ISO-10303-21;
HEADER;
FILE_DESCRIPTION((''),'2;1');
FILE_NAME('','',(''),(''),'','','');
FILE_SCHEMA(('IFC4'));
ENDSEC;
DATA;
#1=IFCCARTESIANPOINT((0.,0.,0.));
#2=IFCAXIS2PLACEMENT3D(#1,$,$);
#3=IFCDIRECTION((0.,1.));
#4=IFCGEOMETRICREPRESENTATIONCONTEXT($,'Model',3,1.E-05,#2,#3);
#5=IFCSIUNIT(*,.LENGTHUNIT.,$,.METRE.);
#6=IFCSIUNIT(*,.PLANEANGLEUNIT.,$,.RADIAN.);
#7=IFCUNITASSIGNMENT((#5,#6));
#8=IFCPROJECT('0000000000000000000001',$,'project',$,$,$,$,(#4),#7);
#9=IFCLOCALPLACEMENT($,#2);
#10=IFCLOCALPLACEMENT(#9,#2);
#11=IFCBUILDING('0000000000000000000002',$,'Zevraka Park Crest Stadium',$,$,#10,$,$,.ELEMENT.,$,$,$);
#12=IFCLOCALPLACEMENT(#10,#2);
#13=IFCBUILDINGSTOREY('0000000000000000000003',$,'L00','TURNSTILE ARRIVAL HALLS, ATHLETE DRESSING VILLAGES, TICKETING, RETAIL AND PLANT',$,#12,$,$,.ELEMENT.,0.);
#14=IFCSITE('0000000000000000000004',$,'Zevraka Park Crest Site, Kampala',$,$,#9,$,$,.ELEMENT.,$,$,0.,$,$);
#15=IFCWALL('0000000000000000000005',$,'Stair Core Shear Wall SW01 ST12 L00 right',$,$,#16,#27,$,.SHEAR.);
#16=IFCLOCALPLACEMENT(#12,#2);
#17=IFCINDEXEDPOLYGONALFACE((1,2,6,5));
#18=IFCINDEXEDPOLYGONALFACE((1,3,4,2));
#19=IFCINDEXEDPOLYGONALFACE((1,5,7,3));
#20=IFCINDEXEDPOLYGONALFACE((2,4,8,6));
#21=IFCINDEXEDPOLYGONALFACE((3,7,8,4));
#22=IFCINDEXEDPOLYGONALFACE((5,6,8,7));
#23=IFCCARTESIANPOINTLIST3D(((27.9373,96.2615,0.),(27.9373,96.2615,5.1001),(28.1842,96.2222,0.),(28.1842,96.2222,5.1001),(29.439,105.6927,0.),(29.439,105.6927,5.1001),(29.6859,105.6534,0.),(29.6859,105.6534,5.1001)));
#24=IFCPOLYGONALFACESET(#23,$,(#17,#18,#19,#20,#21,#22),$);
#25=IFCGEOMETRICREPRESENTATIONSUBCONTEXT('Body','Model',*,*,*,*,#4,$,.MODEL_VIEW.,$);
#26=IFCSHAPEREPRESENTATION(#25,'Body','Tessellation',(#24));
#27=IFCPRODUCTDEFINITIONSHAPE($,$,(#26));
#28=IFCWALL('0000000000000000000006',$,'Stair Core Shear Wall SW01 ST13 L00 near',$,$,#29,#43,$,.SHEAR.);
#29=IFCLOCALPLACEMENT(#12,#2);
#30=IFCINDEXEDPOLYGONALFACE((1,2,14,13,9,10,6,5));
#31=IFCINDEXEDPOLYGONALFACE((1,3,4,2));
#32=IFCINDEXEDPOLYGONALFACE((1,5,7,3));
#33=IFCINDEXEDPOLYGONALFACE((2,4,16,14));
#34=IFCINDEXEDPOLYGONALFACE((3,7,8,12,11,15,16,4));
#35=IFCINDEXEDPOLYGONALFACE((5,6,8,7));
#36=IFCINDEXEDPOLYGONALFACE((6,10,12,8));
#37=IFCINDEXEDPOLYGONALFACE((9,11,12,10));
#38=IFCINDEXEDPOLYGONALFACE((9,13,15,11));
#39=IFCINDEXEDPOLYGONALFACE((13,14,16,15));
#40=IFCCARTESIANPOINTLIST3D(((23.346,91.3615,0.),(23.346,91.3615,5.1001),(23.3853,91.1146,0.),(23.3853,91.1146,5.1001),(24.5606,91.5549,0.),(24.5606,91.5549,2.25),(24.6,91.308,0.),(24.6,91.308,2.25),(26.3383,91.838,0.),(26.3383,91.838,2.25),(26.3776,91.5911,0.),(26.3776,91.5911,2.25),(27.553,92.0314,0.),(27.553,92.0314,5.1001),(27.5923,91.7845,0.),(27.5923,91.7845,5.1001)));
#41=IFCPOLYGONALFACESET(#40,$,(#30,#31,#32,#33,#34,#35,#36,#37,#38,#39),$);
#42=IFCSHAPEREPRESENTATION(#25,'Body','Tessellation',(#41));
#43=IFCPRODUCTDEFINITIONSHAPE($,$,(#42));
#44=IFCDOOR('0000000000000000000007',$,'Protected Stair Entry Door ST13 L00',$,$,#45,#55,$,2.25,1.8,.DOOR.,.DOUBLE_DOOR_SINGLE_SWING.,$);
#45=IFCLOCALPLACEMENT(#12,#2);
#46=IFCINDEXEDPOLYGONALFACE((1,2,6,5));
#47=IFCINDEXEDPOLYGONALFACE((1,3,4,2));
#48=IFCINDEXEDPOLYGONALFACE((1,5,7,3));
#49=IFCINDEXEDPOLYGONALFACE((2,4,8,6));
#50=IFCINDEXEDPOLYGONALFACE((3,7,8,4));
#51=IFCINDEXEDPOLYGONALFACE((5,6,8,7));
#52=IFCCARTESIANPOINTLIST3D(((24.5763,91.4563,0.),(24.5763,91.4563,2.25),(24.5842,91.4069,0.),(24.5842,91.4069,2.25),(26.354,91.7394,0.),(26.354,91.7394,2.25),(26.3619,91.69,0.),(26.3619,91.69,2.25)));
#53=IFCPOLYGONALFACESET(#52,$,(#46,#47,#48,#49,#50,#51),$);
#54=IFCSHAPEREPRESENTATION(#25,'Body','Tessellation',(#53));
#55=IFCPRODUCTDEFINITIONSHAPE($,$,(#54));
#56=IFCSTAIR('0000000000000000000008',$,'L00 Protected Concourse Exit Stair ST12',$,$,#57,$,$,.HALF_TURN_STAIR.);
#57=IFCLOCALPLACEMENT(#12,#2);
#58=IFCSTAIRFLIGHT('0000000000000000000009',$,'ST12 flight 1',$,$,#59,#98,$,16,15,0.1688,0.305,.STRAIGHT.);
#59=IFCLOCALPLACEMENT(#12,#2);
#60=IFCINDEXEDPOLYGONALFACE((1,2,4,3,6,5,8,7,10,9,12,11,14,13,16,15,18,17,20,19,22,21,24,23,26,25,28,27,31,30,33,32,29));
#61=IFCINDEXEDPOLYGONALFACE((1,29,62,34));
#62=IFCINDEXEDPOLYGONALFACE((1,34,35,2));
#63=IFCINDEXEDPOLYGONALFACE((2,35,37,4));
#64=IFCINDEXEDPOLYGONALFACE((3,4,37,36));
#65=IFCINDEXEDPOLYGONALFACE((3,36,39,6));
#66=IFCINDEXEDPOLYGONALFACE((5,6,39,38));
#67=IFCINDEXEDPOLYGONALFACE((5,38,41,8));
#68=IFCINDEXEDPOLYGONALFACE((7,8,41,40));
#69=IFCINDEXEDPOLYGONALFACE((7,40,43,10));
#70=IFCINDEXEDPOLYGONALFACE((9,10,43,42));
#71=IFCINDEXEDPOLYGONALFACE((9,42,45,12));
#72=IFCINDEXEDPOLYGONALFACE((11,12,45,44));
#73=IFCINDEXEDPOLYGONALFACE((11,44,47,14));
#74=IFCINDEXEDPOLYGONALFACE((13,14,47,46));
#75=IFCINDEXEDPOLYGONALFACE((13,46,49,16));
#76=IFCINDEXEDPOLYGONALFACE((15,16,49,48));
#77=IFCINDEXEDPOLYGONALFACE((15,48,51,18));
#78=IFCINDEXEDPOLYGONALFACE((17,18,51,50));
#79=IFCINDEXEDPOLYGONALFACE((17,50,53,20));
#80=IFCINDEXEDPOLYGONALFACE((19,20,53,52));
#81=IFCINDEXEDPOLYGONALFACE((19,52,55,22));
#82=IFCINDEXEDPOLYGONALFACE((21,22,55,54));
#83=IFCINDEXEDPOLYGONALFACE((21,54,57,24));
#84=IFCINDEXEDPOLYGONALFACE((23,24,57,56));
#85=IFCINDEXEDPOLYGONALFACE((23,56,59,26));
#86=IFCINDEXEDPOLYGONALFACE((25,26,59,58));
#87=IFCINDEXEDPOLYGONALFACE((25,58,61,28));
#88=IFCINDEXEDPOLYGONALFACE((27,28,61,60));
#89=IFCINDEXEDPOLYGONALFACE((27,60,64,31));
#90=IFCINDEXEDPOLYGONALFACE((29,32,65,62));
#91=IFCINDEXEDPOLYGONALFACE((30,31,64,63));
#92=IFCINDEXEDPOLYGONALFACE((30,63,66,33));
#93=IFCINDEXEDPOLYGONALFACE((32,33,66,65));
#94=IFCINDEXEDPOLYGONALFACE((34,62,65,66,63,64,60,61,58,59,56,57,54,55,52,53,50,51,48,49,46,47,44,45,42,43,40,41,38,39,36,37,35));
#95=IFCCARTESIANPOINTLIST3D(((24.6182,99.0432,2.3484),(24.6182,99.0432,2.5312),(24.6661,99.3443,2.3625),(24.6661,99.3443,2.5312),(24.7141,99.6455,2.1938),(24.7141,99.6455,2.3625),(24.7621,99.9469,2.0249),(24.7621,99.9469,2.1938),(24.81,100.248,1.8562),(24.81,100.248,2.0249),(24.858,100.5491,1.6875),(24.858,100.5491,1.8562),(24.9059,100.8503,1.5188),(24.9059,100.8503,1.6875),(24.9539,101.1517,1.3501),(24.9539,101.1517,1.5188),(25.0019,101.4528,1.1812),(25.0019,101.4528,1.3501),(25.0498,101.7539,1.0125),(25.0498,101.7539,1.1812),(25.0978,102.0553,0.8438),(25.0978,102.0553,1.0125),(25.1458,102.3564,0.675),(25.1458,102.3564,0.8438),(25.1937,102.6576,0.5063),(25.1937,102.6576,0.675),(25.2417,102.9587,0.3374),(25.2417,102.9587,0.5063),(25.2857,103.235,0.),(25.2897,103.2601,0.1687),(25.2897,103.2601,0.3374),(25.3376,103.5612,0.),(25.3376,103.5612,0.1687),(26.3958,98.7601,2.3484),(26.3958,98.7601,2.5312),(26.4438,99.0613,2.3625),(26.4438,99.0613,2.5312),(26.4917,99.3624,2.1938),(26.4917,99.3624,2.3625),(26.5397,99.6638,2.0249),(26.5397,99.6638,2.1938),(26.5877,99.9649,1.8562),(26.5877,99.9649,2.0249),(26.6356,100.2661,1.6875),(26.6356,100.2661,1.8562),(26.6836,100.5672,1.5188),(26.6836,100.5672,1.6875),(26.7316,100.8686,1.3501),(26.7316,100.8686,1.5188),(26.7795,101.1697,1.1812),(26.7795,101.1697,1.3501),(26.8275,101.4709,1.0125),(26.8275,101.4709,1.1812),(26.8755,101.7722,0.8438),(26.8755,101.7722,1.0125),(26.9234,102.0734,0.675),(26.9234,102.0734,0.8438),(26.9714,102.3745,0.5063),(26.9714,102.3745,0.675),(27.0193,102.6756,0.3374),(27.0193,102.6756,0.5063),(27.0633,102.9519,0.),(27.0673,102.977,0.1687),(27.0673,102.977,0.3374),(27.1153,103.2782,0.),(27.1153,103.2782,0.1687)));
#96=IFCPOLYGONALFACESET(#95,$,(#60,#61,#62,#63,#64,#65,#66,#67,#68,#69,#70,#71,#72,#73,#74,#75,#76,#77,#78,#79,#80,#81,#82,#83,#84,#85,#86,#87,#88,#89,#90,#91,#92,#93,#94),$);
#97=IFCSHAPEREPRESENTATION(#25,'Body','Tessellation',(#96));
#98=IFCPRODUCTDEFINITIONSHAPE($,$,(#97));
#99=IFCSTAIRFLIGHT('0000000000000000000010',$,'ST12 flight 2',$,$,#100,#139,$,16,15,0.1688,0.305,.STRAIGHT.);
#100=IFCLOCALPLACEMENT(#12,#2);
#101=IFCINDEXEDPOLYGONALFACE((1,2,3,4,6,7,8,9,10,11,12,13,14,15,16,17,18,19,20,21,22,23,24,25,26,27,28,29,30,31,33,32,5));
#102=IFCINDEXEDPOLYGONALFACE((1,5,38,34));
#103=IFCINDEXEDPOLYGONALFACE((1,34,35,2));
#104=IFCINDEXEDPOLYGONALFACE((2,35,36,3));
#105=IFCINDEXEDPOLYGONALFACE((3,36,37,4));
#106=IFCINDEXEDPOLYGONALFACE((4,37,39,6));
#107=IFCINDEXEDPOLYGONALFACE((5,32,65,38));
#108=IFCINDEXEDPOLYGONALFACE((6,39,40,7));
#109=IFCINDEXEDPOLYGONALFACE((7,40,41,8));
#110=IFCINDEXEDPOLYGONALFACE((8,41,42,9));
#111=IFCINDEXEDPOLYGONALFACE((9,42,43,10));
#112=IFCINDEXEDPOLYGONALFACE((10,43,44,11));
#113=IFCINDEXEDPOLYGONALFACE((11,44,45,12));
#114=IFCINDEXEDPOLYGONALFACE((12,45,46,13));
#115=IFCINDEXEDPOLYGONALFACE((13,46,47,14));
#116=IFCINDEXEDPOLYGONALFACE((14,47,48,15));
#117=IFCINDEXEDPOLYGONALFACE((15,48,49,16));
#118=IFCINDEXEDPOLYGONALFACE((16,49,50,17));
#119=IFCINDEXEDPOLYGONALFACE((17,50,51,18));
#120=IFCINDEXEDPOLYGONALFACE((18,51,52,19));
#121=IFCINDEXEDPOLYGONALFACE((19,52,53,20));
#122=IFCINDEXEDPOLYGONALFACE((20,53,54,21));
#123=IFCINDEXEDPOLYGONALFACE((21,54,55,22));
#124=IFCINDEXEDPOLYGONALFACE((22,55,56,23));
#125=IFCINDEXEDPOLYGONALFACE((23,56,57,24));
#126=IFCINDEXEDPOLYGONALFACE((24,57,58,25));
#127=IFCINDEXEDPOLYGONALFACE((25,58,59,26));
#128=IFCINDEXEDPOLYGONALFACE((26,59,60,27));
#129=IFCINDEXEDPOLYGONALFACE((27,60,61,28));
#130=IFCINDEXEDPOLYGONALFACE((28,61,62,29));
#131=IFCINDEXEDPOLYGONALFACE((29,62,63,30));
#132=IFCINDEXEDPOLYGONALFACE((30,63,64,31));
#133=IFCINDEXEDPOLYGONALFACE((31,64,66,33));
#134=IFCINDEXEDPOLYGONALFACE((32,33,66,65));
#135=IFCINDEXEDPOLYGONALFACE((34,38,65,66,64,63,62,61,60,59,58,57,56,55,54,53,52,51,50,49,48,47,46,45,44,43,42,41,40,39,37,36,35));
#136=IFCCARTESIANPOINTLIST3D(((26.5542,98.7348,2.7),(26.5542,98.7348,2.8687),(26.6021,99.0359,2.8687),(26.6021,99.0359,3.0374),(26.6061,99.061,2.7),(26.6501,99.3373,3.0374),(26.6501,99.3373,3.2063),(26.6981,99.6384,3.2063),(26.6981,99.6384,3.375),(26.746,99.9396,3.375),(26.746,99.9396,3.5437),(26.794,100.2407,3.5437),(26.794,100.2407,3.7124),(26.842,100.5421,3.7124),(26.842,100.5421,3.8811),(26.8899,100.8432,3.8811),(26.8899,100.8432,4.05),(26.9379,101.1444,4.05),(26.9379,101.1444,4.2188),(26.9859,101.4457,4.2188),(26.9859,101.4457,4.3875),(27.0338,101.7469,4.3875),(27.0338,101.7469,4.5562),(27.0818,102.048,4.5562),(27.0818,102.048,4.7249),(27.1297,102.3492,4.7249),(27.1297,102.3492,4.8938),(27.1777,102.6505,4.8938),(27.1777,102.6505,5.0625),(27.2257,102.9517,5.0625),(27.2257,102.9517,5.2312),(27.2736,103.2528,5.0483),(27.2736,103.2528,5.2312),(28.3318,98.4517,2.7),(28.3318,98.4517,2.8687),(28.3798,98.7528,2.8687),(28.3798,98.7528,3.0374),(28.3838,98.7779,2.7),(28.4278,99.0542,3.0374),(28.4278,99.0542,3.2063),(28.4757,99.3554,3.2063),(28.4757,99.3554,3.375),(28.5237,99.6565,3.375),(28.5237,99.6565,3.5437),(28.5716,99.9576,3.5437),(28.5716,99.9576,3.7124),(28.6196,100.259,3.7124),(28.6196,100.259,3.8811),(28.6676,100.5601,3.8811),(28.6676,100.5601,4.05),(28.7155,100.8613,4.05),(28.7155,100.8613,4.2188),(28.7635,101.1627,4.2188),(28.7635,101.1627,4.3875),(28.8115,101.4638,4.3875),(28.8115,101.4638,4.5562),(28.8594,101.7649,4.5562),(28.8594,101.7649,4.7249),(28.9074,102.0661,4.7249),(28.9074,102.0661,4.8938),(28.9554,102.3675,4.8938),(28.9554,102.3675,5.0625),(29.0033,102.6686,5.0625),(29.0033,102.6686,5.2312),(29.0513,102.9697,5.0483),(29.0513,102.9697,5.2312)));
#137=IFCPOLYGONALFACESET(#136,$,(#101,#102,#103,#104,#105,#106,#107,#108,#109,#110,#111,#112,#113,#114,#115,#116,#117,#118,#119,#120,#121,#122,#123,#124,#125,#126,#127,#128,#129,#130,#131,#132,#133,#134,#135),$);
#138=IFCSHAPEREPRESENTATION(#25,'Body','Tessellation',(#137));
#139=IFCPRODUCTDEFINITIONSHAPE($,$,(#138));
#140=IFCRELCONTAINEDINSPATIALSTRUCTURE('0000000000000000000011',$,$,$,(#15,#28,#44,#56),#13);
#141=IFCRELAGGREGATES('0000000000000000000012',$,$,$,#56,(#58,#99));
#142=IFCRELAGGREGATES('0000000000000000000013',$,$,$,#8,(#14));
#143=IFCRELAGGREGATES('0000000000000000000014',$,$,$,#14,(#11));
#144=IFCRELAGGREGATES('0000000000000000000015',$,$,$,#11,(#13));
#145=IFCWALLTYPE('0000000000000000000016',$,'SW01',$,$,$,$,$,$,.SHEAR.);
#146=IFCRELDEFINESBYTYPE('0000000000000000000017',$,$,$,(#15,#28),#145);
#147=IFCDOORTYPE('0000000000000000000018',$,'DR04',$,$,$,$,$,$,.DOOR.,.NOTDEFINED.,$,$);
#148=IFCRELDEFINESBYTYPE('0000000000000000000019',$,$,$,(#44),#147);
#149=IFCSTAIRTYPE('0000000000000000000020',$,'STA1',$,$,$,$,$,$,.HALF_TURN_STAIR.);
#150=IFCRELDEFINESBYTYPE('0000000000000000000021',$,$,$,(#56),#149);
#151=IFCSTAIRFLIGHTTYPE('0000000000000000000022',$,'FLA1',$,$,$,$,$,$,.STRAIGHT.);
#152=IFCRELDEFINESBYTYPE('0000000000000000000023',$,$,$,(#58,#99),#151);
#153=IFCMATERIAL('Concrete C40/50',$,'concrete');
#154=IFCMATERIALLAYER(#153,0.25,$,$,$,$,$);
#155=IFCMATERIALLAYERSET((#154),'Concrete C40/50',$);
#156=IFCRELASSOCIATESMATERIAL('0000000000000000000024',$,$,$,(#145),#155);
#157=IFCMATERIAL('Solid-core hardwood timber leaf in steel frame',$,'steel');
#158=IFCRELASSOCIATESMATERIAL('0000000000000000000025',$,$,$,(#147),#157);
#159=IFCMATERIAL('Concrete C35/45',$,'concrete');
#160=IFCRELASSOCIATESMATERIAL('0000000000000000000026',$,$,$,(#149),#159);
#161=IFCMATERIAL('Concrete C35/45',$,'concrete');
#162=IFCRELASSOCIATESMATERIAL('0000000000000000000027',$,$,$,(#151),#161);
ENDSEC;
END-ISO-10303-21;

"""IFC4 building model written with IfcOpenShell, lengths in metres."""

from ifc_helpers import new_model, si_unit, direction, frame, frame_2d, origin, place, context, subcontext, project, spatial, polyline, rectangle, outline, extrude, material, layer, layer_set, type_object, element, fill, aggregate, save


model = new_model("IFC4")

# Units and contexts
model_context = context("Model", 3, precision=1e-05, world=origin(), true_north=direction((0.0, 1.0)))
body_context = subcontext(model_context, "Body", "Model", "MODEL_VIEW")
ifc_project = project(units=[si_unit("LENGTHUNIT", "METRE"), si_unit("PLANEANGLEUNIT", "RADIAN")], contexts=[model_context])

# Site, building, storey
site_placement = place(None, origin())
site = spatial("IfcSite", under=ifc_project, at=site_placement, Name="Zevraka Park Crest Site, Kampala", CompositionType="ELEMENT", RefElevation=0.0)
building_placement = place(site_placement, origin())
building = spatial("IfcBuilding", under=site, at=building_placement, Name="Zevraka Park Crest Stadium", CompositionType="ELEMENT")
storey_placement = place(building_placement, origin())
storey = spatial("IfcBuildingStorey", under=building, at=storey_placement, Name="L00", Description="TURNSTILE ARRIVAL HALLS, ATHLETE DRESSING VILLAGES, TICKETING, RETAIL AND PLANT", CompositionType="ELEMENT", Elevation=0.0)

# Wall
ifc_material_1 = material(Name="Concrete C40/50", Category="concrete")
ifc_layer_1 = layer(ifc_material_1, 0.25)
ifc_layer_set_1 = layer_set([ifc_layer_1], Name="Concrete C40/50")
wall_type_1 = type_object("IfcWallType", Name="SW01", PredefinedType="SHEAR", material=ifc_layer_set_1)
wall_1_placement = place(storey_placement, frame((28.0608, 96.2419, 0.0), z_axis=(0.0, 0.0, 1.0), x_axis=(0.157248, 0.987559, 0.0)))
element("IfcWall", 1, at=wall_1_placement, inside=storey, type_object=wall_type_1, Name="Stair Core Shear Wall SW01 ST12 L00 right", PredefinedType="SHEAR", context=body_context, shape_type="SweptSolid", body=[
    extrude(rectangle(XDim=9.55, YDim=0.25, at=frame_2d((4.7749, 0.0))), origin(), (0.0, 0.0, 1.0), 5.1001),
])

# Wall, opening, door
wall_2_placement = place(storey_placement, frame((27.5725, 91.908, 0.0), z_axis=(0.0, 0.0, 1.0), x_axis=(-0.987558, -0.157257, 0.0)))
wall_2 = element("IfcWall", 2, at=wall_2_placement, inside=storey, type_object=wall_type_1, Name="Stair Core Shear Wall SW01 ST13 L00 near", PredefinedType="SHEAR", context=body_context, shape_type="SweptSolid", body=[
    extrude(rectangle(XDim=4.26, YDim=0.25, at=frame_2d((2.1299, 0.0))), origin(), (0.0, 0.0, 1.0), 5.1001),
])
opening_placement = place(wall_2_placement, frame((1.23, 0.0, 0.0)))
opening = element("IfcOpeningElement", 3, at=opening_placement, cuts=wall_2, PredefinedType="OPENING", context=body_context, shape_type="SweptSolid", body=[
    extrude(rectangle(XDim=1.8, YDim=2.25, at=frame_2d((0.8999, 1.125))), frame((0.0, 0.135, 0.0), z_axis=(0.0, -1.0, 0.0), x_axis=(1.0, 0.0, 0.0)), (0.0, 0.0, 1.0), 0.27),
])
ifc_material_2 = material(Name="Solid-core hardwood timber leaf in steel frame", Category="steel")
door_type = type_object("IfcDoorType", Name="DR04", OperationType="NOTDEFINED", PredefinedType="DOOR", material=ifc_material_2)
door_placement = place(opening_placement, origin())
door = element("IfcDoor", 4, at=door_placement, inside=storey, type_object=door_type, Name="Protected Stair Entry Door ST13 L00", OperationType="DOUBLE_DOOR_SINGLE_SWING", OverallHeight=2.25, OverallWidth=1.8, PredefinedType="DOOR", context=body_context, shape_type="SweptSolid", body=[
    extrude(rectangle(XDim=1.8, YDim=2.25, at=frame_2d((0.8999, 1.125))), frame((0.0, 0.0249, 0.0), z_axis=(0.0, -1.0, 0.0), x_axis=(1.0, 0.0, 0.0)), (0.0, 0.0, 1.0), 0.05),
])
fill(opening, door)

# Stair, stair flights
ifc_material_3 = material(Name="Concrete C35/45", Category="concrete")
stair_type = type_object("IfcStairType", Name="STA1", PredefinedType="HALF_TURN_STAIR", material=ifc_material_3)
stair_1_placement = place(storey_placement, origin())
stair_1 = element("IfcStair", 5, at=stair_1_placement, inside=storey, type_object=stair_type, Name="L00 Protected Concourse Exit Stair ST12", PredefinedType="HALF_TURN_STAIR")
ifc_material_4 = material(Name="Concrete C35/45", Category="concrete")
stair_flight_type = type_object("IfcStairFlightType", Name="FLA1", PredefinedType="STRAIGHT", material=ifc_material_4)
stair_flight_1_placement = place(storey_placement, frame((26.2266, 103.4197, 0.0), z_axis=(0.0, 0.0, 1.0), x_axis=(-0.157262, -0.987557, 0.0)))
stair_flight_1 = element("IfcStairFlight", 6, at=stair_flight_1_placement, type_object=stair_flight_type, Name="ST12 flight 1", NumberOfRisers=16, NumberOfTreads=15, PredefinedType="STRAIGHT", RiserHeight=0.1688, TreadLength=0.305, context=body_context, shape_type="SweptSolid", body=[
    extrude(outline(polyline([(0.0, 0.0), (0.0, 0.1687), (0.3049, 0.1687), (0.3049, 0.3374), (0.6101, 0.3374), (0.6101, 0.5063), (0.915, 0.5063), (0.915, 0.675), (1.22, 0.675), (1.22, 0.8438), (1.5249, 0.8438), (1.5249, 1.0125), (1.8301, 1.0125), (1.8301, 1.1812), (2.135, 1.1812), (2.135, 1.3501), (2.4399, 1.3501), (2.4399, 1.5188), (2.7451, 1.5188), (2.7451, 1.6875), (3.05, 1.6875), (3.05, 1.8562), (3.355, 1.8562), (3.355, 2.0249), (3.6599, 2.0249), (3.6599, 2.1938), (3.9651, 2.1938), (3.9651, 2.3625), (4.27, 2.3625), (4.27, 2.5312), (4.575, 2.5312), (4.575, 2.7), (4.575, 2.3484), (0.3303, 0.0), (0.0, 0.0)])), frame((0.0, 0.8999, 0.0), z_axis=(0.0, -1.0, 0.0), x_axis=(1.0, 0.0, 0.0)), (0.0, 0.0, 1.0), 1.8),
])
stair_flight_2_placement = place(storey_placement, frame((27.4429, 98.5933, 2.7), z_axis=(0.0, 0.0, 1.0), x_axis=(0.157262, 0.987557, 0.0)))
stair_flight_2 = element("IfcStairFlight", 7, at=stair_flight_2_placement, type_object=stair_flight_type, Name="ST12 flight 2", NumberOfRisers=16, NumberOfTreads=15, PredefinedType="STRAIGHT", RiserHeight=0.1688, TreadLength=0.305, context=body_context, shape_type="SweptSolid", body=[
    extrude(outline(polyline([(0.0, 0.0), (0.0, 0.1687), (0.3049, 0.1687), (0.3049, 0.3374), (0.6101, 0.3374), (0.6101, 0.5063), (0.915, 0.5063), (0.915, 0.675), (1.22, 0.675), (1.22, 0.8438), (1.5249, 0.8438), (1.5249, 1.0125), (1.8301, 1.0125), (1.8301, 1.1812), (2.135, 1.1812), (2.135, 1.3501), (2.4399, 1.3501), (2.4399, 1.5188), (2.7451, 1.5188), (2.7451, 1.6875), (3.05, 1.6875), (3.05, 1.8562), (3.355, 1.8562), (3.355, 2.0249), (3.6599, 2.0249), (3.6599, 2.1938), (3.9651, 2.1938), (3.9651, 2.3625), (4.27, 2.3625), (4.27, 2.5312), (4.575, 2.5312), (4.575, 2.7), (4.575, 2.3484), (0.3303, 0.0), (0.0, 0.0)])), frame((0.0, 0.8999, 0.0), z_axis=(0.0, -1.0, 0.0), x_axis=(1.0, 0.0, 0.0)), (0.0, 0.0, 1.0), 1.8),
])
aggregate(stair_1, [stair_flight_1, stair_flight_2])

save(model, "model.ifc")
